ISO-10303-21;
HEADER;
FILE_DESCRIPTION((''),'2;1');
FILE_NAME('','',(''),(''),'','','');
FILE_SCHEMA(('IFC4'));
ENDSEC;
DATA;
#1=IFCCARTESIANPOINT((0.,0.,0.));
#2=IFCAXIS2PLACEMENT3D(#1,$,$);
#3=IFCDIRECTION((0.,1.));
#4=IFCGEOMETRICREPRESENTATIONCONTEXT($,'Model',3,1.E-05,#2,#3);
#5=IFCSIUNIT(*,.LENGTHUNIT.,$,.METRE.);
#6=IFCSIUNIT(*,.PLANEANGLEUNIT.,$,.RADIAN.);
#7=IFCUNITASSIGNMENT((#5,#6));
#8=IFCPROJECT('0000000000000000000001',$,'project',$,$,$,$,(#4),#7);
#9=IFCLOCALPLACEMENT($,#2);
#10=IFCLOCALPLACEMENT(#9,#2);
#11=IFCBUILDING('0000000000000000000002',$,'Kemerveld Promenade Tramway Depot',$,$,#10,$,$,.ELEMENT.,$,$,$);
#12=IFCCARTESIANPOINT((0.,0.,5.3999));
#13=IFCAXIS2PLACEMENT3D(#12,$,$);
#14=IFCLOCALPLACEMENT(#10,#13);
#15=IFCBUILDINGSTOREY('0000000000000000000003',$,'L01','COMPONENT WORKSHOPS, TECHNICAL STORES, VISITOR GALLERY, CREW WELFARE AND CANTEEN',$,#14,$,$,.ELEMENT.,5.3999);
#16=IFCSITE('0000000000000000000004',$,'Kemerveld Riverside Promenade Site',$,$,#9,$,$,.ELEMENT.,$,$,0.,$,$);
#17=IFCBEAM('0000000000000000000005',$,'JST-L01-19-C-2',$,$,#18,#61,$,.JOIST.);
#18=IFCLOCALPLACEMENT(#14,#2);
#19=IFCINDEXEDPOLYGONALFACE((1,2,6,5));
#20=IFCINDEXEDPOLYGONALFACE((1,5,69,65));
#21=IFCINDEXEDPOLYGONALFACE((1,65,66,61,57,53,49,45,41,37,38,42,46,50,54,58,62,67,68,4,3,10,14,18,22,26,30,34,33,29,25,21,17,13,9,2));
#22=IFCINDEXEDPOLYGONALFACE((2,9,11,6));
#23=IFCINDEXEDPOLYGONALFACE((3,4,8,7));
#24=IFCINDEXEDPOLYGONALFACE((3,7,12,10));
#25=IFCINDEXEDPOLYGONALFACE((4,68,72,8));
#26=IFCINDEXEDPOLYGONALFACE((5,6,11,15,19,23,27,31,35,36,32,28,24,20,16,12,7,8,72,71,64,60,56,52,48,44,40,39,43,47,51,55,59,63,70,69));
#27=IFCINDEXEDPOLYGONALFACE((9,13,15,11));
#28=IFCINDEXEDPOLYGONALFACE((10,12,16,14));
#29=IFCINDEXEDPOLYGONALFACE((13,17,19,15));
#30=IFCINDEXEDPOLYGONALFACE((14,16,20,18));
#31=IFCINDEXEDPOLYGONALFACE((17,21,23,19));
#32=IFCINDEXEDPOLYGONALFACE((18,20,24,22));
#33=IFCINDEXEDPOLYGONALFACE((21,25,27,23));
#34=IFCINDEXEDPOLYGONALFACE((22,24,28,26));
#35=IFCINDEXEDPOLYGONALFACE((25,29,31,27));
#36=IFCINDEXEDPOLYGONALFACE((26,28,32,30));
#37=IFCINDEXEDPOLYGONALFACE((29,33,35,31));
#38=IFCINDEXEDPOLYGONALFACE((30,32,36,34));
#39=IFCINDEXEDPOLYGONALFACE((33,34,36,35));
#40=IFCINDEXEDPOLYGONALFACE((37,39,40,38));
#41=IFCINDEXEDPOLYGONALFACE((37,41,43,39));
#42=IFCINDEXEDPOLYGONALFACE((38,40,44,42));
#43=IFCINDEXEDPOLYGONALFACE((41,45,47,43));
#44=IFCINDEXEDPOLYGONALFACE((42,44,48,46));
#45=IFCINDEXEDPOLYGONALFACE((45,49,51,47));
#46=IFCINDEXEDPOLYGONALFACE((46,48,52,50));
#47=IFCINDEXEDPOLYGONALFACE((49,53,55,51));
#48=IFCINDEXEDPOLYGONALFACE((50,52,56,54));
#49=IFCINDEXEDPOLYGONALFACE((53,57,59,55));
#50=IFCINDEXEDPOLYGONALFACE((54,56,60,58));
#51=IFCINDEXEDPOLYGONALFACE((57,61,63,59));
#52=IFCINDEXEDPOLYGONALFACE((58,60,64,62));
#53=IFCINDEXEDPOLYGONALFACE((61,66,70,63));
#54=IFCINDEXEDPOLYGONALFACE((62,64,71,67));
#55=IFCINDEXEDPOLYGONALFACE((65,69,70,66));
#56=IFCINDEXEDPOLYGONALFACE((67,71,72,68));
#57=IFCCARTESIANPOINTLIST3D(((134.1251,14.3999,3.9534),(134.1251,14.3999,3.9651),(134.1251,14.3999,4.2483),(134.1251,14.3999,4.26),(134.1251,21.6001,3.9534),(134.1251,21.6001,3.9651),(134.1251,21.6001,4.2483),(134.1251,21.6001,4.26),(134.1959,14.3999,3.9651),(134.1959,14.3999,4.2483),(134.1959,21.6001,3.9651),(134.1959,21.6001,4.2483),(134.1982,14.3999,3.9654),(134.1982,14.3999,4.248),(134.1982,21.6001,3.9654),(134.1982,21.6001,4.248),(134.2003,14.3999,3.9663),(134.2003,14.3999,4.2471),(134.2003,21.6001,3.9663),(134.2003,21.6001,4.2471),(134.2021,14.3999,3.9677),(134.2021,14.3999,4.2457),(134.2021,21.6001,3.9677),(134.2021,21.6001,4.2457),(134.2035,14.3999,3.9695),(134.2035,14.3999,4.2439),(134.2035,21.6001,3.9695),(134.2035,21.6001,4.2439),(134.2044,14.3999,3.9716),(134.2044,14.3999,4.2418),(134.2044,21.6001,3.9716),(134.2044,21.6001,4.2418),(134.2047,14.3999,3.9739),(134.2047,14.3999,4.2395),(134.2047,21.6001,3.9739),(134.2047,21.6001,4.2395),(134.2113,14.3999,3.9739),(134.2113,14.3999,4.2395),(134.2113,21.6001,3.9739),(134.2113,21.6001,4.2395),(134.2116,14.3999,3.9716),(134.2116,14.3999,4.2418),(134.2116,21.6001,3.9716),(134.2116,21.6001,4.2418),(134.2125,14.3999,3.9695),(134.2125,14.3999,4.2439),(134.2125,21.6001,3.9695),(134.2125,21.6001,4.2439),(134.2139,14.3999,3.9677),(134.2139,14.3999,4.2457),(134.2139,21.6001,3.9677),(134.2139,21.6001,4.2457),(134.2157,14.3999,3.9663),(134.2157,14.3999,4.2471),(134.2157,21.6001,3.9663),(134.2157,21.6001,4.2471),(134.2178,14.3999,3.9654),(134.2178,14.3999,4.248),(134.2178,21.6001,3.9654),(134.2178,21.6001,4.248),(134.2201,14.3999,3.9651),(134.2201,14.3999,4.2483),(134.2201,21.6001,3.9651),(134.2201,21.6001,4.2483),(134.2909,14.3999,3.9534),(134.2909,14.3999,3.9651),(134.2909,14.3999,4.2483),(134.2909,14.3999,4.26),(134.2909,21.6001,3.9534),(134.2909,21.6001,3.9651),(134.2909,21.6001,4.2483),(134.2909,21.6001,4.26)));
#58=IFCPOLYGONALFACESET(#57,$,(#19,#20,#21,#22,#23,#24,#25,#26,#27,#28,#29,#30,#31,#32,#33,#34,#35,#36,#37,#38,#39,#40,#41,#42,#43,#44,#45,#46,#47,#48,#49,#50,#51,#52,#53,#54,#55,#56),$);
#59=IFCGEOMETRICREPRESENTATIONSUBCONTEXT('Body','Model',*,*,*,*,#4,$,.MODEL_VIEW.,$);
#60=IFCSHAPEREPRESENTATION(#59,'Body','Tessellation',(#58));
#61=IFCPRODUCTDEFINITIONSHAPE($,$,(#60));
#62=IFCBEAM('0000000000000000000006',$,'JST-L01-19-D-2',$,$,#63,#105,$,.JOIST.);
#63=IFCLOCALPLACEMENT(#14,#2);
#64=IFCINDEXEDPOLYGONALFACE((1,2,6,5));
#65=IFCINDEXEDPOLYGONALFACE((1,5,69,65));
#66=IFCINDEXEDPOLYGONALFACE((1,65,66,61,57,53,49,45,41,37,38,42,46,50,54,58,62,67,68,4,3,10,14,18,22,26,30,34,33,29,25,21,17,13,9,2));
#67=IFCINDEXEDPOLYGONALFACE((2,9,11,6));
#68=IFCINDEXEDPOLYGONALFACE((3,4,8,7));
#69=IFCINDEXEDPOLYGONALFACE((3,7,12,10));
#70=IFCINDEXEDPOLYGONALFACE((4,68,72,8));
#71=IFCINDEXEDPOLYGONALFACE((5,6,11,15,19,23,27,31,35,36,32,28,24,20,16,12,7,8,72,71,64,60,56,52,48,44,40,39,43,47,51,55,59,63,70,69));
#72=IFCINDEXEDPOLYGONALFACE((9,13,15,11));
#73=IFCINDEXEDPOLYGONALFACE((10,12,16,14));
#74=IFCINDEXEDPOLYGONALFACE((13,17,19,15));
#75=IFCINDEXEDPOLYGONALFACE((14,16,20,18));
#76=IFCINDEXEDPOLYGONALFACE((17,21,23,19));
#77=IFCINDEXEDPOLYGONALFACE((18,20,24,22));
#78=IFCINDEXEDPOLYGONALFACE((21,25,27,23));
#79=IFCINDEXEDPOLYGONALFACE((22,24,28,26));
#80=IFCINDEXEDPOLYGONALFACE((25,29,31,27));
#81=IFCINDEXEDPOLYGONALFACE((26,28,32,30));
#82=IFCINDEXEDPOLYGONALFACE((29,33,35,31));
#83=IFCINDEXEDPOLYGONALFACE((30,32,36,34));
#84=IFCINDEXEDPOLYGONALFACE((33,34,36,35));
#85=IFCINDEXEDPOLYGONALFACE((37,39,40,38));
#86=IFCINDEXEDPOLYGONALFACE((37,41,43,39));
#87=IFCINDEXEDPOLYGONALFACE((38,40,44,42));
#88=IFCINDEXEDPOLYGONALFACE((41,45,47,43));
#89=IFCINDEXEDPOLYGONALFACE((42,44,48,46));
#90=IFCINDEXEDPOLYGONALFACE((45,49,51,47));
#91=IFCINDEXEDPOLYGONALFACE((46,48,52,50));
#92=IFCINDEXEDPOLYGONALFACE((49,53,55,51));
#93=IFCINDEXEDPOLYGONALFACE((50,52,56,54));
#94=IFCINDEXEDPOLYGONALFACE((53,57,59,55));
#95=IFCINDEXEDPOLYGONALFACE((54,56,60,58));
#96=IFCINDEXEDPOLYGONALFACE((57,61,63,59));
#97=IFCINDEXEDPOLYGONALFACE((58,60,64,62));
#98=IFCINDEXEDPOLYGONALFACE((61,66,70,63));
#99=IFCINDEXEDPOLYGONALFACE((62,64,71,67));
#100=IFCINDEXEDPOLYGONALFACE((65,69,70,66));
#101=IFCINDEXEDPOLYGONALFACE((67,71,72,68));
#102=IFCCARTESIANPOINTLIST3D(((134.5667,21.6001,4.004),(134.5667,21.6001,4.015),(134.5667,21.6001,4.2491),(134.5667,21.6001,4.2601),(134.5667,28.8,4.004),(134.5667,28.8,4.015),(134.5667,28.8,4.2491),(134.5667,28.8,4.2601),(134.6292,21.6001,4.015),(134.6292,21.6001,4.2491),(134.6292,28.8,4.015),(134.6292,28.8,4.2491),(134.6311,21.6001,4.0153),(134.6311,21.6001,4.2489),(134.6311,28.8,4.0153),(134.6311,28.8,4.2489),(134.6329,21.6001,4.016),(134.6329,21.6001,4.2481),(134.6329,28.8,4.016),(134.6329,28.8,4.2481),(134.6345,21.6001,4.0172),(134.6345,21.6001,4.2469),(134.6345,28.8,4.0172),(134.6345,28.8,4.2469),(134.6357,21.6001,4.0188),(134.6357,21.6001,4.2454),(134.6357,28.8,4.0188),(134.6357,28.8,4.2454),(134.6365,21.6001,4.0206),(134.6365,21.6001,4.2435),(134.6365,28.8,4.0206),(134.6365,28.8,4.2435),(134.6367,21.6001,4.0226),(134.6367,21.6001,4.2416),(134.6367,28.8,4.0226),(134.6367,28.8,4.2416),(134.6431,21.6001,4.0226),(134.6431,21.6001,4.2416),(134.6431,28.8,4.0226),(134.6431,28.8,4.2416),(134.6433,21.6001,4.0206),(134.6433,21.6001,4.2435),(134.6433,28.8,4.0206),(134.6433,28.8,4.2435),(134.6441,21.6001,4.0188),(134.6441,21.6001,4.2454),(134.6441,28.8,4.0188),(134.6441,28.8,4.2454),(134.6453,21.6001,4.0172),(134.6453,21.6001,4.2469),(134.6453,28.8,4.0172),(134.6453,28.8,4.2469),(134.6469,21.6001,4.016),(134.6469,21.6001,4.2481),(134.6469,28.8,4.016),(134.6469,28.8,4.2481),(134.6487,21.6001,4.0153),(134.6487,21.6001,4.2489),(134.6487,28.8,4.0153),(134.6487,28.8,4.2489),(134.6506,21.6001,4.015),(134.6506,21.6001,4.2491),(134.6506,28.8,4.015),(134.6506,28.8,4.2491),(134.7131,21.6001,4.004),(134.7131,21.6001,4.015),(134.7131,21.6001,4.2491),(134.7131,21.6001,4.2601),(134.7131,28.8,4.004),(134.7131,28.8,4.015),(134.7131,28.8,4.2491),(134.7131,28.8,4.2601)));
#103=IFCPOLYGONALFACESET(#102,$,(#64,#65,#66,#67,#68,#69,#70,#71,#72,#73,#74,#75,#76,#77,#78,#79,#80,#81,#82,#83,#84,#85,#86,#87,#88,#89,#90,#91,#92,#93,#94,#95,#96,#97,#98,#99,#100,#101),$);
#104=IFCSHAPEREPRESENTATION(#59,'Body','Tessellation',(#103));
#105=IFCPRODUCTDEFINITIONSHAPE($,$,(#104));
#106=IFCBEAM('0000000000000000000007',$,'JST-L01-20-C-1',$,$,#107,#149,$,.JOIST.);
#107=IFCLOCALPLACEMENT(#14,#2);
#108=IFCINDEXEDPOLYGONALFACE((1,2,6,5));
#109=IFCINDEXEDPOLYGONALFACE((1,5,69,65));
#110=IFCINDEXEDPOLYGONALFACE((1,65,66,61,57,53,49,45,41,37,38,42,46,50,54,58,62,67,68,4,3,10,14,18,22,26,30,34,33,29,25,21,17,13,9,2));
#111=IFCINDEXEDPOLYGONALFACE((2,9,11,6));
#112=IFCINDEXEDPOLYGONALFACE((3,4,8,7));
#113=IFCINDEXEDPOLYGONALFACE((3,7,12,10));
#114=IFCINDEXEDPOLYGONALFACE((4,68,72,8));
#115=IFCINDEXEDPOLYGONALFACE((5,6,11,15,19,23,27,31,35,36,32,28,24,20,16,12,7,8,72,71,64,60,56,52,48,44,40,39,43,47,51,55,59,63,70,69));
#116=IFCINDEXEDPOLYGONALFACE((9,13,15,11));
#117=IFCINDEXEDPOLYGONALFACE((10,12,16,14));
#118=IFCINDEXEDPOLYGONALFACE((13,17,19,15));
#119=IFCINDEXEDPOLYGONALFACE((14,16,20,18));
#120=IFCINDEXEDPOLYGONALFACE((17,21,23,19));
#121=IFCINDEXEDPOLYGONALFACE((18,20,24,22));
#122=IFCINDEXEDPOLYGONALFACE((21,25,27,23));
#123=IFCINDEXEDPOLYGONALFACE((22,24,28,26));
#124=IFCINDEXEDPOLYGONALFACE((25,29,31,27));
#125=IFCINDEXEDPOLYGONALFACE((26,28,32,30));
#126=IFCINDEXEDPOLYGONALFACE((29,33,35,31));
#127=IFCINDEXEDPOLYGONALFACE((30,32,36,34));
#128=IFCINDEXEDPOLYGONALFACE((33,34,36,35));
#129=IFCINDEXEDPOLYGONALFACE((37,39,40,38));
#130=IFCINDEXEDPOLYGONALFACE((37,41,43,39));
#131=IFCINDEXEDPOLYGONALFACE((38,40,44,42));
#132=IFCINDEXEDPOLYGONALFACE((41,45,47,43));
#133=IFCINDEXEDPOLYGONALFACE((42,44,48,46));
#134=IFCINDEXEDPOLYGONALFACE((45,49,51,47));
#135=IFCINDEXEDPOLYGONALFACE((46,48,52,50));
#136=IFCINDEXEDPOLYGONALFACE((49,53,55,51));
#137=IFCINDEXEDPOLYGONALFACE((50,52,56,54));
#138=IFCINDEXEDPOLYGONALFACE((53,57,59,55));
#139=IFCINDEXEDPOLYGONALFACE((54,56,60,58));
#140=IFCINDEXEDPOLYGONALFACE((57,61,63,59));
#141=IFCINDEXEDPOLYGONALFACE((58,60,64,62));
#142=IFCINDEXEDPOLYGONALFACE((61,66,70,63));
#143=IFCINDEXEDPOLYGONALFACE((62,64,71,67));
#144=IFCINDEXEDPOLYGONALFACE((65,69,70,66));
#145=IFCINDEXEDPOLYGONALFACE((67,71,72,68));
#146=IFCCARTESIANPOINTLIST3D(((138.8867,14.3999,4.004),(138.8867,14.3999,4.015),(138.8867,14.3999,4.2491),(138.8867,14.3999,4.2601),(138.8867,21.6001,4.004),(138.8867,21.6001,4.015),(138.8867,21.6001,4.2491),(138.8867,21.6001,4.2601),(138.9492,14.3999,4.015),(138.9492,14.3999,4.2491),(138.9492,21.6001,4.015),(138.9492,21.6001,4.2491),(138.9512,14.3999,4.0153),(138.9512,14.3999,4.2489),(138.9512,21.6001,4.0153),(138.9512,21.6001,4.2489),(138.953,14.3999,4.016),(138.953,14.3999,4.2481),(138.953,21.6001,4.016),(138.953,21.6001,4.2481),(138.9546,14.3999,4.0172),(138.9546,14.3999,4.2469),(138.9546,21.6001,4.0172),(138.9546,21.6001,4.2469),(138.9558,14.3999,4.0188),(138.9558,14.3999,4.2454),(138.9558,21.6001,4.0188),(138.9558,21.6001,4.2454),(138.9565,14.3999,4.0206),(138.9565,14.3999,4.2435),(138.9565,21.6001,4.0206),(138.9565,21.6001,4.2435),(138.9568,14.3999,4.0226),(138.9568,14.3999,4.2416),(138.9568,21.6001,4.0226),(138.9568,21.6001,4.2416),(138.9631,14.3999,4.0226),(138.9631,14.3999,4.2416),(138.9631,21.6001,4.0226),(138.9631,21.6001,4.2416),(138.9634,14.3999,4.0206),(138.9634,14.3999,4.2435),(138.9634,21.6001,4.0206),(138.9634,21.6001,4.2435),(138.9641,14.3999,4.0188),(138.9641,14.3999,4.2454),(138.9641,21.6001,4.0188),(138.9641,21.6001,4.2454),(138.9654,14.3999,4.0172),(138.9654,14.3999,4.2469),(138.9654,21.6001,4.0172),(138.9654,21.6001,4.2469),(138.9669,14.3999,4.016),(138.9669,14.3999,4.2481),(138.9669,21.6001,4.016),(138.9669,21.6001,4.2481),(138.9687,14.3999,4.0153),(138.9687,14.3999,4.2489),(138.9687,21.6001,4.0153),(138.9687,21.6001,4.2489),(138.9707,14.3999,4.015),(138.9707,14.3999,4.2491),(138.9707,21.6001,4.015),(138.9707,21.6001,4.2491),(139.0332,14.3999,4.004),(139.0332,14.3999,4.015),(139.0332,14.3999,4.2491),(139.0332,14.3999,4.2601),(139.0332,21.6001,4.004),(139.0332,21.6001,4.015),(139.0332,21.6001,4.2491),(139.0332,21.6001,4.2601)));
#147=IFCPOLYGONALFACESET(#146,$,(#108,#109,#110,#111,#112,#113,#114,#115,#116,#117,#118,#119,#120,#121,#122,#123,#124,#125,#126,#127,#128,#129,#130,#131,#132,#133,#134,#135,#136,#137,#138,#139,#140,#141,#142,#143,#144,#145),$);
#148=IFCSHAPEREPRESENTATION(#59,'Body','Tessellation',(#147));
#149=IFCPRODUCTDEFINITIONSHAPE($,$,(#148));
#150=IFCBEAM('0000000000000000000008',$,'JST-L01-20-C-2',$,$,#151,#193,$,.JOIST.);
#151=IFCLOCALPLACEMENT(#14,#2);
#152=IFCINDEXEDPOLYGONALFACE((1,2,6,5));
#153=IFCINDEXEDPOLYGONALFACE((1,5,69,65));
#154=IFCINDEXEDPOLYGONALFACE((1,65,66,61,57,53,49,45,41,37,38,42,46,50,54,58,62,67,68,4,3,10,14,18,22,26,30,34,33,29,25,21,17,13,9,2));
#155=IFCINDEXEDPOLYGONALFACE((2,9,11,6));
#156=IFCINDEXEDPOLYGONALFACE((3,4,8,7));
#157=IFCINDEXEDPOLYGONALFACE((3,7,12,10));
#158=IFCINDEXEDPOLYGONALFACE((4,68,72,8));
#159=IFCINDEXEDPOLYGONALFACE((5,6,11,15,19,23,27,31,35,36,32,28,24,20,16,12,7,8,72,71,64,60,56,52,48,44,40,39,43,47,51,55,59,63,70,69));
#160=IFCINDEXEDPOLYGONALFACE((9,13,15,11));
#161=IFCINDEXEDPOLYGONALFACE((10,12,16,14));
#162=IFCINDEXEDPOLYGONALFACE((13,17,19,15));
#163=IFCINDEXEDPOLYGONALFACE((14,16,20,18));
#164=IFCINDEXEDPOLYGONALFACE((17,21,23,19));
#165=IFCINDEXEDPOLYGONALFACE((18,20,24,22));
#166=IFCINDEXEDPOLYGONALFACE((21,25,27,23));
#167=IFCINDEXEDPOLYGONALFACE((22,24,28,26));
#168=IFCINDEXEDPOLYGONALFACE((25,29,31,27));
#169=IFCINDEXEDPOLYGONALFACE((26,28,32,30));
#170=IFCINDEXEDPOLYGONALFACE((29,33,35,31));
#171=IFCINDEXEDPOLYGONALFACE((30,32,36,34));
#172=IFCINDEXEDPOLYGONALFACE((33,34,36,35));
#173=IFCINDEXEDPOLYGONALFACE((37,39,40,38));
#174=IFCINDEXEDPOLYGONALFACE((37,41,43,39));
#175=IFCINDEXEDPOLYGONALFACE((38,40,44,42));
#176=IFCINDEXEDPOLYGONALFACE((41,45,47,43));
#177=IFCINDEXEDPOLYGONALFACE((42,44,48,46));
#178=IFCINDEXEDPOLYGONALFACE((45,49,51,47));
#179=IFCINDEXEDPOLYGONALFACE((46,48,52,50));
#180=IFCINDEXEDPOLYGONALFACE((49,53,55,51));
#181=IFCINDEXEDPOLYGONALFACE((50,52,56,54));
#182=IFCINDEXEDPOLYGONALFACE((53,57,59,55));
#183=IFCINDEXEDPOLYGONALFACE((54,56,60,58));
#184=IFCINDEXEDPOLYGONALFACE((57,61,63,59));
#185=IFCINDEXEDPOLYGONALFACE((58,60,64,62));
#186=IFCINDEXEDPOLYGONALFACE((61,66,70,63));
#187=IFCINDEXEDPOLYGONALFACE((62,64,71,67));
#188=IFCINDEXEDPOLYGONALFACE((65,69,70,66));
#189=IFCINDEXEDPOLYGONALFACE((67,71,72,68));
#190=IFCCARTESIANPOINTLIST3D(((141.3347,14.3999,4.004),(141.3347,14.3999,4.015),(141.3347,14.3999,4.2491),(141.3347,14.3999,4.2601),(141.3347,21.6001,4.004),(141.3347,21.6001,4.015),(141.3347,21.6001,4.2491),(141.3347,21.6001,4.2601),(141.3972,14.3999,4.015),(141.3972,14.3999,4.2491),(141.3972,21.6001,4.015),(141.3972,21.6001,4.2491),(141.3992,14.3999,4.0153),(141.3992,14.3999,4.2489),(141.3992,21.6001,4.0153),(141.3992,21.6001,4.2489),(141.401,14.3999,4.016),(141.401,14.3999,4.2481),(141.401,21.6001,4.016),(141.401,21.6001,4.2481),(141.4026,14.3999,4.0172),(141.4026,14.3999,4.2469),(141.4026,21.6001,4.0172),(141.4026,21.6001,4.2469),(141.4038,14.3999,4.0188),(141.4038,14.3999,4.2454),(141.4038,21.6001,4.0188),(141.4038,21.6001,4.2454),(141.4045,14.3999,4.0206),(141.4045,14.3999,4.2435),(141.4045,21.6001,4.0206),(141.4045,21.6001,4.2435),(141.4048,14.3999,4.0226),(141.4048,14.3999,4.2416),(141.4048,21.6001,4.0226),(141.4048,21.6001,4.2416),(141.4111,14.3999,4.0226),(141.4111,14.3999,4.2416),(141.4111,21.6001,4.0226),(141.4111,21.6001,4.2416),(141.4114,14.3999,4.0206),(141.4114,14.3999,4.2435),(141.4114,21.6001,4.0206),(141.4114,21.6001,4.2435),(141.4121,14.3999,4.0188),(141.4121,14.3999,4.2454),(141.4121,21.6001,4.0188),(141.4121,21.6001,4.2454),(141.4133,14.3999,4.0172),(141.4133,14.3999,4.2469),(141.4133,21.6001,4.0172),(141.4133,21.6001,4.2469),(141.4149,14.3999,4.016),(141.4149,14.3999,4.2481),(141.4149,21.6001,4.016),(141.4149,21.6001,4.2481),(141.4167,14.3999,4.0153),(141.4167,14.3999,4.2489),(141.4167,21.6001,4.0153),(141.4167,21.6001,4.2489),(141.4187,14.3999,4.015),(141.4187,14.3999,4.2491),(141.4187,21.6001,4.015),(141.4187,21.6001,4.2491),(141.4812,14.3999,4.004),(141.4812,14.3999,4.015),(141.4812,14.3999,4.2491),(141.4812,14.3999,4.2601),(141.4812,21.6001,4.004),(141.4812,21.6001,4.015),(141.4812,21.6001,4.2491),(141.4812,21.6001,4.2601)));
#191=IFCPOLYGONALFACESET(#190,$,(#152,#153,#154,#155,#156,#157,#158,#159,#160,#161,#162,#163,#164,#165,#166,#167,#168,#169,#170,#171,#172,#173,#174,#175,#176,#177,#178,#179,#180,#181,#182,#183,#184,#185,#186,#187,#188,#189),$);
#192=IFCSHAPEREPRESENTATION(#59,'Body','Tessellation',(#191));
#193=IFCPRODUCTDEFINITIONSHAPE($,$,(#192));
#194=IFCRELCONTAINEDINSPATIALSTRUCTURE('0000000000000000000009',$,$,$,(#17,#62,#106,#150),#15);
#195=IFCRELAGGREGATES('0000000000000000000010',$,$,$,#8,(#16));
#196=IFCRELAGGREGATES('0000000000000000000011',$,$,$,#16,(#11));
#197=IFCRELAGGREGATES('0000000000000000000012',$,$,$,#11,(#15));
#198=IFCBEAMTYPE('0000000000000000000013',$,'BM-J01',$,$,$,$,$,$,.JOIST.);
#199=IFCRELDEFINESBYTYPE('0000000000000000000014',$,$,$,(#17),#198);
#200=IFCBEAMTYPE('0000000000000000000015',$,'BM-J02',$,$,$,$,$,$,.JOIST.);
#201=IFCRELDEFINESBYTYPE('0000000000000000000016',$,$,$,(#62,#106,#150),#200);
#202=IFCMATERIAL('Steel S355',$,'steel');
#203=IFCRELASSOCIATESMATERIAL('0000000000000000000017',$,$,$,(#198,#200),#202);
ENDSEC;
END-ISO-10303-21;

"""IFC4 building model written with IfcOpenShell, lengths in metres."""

from ifc_helpers import new_model, si_unit, direction, frame, origin, origin_2d, place, context, subcontext, project, spatial, i_section, extrude, material, material_profile, profile_set, type_object, element, save


model = new_model("IFC4")

# Units and contexts
model_context = context("Model", 3, precision=1e-05, world=origin(), true_north=direction((0.0, 1.0)))
body_context = subcontext(model_context, "Body", "Model", "MODEL_VIEW")
ifc_project = project(units=[si_unit("LENGTHUNIT", "METRE"), si_unit("PLANEANGLEUNIT", "RADIAN")], contexts=[model_context])

# Site, building, storey
site_placement = place(None, origin())
site = spatial("IfcSite", under=ifc_project, at=site_placement, Name="Kemerveld Riverside Promenade Site", CompositionType="ELEMENT", RefElevation=0.0)
building_placement = place(site_placement, origin())
building = spatial("IfcBuilding", under=site, at=building_placement, Name="Kemerveld Promenade Tramway Depot", CompositionType="ELEMENT")
storey_placement = place(building_placement, frame((0.0, 0.0, 5.3999)))
storey = spatial("IfcBuildingStorey", under=building, at=storey_placement, Name="L01", Description="COMPONENT WORKSHOPS, TECHNICAL STORES, VISITOR GALLERY, CREW WELFARE AND CANTEEN", CompositionType="ELEMENT", Elevation=5.3999)

# Shared definitions
ifc_material_1 = material(Name="Steel S355", Category="steel")

# Beams
ifc_material_profile_1 = material_profile(ifc_material_1, i_section(OverallWidth=0.1658, OverallDepth=0.3066, WebThickness=0.0066, FlangeThickness=0.0117, FilletRadius=0.0088, at=origin_2d()), Name="305x165x46 UB")
ifc_profile_set_1 = profile_set([ifc_material_profile_1], Name="Steel S355")
beam_type_1 = type_object("IfcBeamType", Name="BM-J01", PredefinedType="JOIST", material=ifc_profile_set_1)
beam_1_placement = place(storey_placement, frame((134.208, 14.3999, 4.1067), z_axis=(0.0, 1.0, 0.0), x_axis=(-1.0, 0.0, 0.0)))
element("IfcBeam", 1, at=beam_1_placement, inside=storey, type_object=beam_type_1, Name="JST-L01-19-C-2", PredefinedType="JOIST", context=body_context, shape_type="SweptSolid", body=[
    extrude(i_section(OverallWidth=0.1658, OverallDepth=0.3066, WebThickness=0.0066, FlangeThickness=0.0117, FilletRadius=0.0088, at=origin_2d()), origin(), (0.0, 0.0, 1.0), 7.2002),
])
ifc_material_profile_2 = material_profile(ifc_material_1, i_section(OverallWidth=0.1465, OverallDepth=0.2561, WebThickness=0.0063, FlangeThickness=0.011, FilletRadius=0.0076, at=origin_2d()), Name="254x146x37 UB")
ifc_profile_set_2 = profile_set([ifc_material_profile_2], Name="Steel S355")
beam_type_2 = type_object("IfcBeamType", Name="BM-J02", PredefinedType="JOIST", material=ifc_profile_set_2)
beam_2_placement = place(storey_placement, frame((134.6399, 21.6001, 4.1321), z_axis=(0.0, 1.0, 0.0), x_axis=(-1.0, 0.0, 0.0)))
element("IfcBeam", 2, at=beam_2_placement, inside=storey, type_object=beam_type_2, Name="JST-L01-19-D-2", PredefinedType="JOIST", context=body_context, shape_type="SweptSolid", body=[
    extrude(i_section(OverallWidth=0.1465, OverallDepth=0.2561, WebThickness=0.0063, FlangeThickness=0.011, FilletRadius=0.0076, at=origin_2d()), origin(), (0.0, 0.0, 1.0), 7.2),
])
for number, where, z_axis, x_axis, name in (
    (3, (138.96, 14.3999, 4.1321), (0.0, 1.0, 0.0), (-1.0, 0.0, 0.0), "JST-L01-20-C-1"),
    (4, (141.408, 14.3999, 4.1321), (0.0, 1.0, 0.0), (-1.0, 0.0, 0.0), "JST-L01-20-C-2"),
):
    element("IfcBeam", number, at=place(storey_placement, frame(where, z_axis=z_axis, x_axis=x_axis)), inside=storey, type_object=beam_type_2, Name=name, PredefinedType="JOIST", context=body_context, shape_type="SweptSolid", body=[
        extrude(i_section(OverallWidth=0.1465, OverallDepth=0.2561, WebThickness=0.0063, FlangeThickness=0.011, FilletRadius=0.0076, at=origin_2d()), origin(), (0.0, 0.0, 1.0), 7.2002),
    ])

save(model, "model.ifc")
